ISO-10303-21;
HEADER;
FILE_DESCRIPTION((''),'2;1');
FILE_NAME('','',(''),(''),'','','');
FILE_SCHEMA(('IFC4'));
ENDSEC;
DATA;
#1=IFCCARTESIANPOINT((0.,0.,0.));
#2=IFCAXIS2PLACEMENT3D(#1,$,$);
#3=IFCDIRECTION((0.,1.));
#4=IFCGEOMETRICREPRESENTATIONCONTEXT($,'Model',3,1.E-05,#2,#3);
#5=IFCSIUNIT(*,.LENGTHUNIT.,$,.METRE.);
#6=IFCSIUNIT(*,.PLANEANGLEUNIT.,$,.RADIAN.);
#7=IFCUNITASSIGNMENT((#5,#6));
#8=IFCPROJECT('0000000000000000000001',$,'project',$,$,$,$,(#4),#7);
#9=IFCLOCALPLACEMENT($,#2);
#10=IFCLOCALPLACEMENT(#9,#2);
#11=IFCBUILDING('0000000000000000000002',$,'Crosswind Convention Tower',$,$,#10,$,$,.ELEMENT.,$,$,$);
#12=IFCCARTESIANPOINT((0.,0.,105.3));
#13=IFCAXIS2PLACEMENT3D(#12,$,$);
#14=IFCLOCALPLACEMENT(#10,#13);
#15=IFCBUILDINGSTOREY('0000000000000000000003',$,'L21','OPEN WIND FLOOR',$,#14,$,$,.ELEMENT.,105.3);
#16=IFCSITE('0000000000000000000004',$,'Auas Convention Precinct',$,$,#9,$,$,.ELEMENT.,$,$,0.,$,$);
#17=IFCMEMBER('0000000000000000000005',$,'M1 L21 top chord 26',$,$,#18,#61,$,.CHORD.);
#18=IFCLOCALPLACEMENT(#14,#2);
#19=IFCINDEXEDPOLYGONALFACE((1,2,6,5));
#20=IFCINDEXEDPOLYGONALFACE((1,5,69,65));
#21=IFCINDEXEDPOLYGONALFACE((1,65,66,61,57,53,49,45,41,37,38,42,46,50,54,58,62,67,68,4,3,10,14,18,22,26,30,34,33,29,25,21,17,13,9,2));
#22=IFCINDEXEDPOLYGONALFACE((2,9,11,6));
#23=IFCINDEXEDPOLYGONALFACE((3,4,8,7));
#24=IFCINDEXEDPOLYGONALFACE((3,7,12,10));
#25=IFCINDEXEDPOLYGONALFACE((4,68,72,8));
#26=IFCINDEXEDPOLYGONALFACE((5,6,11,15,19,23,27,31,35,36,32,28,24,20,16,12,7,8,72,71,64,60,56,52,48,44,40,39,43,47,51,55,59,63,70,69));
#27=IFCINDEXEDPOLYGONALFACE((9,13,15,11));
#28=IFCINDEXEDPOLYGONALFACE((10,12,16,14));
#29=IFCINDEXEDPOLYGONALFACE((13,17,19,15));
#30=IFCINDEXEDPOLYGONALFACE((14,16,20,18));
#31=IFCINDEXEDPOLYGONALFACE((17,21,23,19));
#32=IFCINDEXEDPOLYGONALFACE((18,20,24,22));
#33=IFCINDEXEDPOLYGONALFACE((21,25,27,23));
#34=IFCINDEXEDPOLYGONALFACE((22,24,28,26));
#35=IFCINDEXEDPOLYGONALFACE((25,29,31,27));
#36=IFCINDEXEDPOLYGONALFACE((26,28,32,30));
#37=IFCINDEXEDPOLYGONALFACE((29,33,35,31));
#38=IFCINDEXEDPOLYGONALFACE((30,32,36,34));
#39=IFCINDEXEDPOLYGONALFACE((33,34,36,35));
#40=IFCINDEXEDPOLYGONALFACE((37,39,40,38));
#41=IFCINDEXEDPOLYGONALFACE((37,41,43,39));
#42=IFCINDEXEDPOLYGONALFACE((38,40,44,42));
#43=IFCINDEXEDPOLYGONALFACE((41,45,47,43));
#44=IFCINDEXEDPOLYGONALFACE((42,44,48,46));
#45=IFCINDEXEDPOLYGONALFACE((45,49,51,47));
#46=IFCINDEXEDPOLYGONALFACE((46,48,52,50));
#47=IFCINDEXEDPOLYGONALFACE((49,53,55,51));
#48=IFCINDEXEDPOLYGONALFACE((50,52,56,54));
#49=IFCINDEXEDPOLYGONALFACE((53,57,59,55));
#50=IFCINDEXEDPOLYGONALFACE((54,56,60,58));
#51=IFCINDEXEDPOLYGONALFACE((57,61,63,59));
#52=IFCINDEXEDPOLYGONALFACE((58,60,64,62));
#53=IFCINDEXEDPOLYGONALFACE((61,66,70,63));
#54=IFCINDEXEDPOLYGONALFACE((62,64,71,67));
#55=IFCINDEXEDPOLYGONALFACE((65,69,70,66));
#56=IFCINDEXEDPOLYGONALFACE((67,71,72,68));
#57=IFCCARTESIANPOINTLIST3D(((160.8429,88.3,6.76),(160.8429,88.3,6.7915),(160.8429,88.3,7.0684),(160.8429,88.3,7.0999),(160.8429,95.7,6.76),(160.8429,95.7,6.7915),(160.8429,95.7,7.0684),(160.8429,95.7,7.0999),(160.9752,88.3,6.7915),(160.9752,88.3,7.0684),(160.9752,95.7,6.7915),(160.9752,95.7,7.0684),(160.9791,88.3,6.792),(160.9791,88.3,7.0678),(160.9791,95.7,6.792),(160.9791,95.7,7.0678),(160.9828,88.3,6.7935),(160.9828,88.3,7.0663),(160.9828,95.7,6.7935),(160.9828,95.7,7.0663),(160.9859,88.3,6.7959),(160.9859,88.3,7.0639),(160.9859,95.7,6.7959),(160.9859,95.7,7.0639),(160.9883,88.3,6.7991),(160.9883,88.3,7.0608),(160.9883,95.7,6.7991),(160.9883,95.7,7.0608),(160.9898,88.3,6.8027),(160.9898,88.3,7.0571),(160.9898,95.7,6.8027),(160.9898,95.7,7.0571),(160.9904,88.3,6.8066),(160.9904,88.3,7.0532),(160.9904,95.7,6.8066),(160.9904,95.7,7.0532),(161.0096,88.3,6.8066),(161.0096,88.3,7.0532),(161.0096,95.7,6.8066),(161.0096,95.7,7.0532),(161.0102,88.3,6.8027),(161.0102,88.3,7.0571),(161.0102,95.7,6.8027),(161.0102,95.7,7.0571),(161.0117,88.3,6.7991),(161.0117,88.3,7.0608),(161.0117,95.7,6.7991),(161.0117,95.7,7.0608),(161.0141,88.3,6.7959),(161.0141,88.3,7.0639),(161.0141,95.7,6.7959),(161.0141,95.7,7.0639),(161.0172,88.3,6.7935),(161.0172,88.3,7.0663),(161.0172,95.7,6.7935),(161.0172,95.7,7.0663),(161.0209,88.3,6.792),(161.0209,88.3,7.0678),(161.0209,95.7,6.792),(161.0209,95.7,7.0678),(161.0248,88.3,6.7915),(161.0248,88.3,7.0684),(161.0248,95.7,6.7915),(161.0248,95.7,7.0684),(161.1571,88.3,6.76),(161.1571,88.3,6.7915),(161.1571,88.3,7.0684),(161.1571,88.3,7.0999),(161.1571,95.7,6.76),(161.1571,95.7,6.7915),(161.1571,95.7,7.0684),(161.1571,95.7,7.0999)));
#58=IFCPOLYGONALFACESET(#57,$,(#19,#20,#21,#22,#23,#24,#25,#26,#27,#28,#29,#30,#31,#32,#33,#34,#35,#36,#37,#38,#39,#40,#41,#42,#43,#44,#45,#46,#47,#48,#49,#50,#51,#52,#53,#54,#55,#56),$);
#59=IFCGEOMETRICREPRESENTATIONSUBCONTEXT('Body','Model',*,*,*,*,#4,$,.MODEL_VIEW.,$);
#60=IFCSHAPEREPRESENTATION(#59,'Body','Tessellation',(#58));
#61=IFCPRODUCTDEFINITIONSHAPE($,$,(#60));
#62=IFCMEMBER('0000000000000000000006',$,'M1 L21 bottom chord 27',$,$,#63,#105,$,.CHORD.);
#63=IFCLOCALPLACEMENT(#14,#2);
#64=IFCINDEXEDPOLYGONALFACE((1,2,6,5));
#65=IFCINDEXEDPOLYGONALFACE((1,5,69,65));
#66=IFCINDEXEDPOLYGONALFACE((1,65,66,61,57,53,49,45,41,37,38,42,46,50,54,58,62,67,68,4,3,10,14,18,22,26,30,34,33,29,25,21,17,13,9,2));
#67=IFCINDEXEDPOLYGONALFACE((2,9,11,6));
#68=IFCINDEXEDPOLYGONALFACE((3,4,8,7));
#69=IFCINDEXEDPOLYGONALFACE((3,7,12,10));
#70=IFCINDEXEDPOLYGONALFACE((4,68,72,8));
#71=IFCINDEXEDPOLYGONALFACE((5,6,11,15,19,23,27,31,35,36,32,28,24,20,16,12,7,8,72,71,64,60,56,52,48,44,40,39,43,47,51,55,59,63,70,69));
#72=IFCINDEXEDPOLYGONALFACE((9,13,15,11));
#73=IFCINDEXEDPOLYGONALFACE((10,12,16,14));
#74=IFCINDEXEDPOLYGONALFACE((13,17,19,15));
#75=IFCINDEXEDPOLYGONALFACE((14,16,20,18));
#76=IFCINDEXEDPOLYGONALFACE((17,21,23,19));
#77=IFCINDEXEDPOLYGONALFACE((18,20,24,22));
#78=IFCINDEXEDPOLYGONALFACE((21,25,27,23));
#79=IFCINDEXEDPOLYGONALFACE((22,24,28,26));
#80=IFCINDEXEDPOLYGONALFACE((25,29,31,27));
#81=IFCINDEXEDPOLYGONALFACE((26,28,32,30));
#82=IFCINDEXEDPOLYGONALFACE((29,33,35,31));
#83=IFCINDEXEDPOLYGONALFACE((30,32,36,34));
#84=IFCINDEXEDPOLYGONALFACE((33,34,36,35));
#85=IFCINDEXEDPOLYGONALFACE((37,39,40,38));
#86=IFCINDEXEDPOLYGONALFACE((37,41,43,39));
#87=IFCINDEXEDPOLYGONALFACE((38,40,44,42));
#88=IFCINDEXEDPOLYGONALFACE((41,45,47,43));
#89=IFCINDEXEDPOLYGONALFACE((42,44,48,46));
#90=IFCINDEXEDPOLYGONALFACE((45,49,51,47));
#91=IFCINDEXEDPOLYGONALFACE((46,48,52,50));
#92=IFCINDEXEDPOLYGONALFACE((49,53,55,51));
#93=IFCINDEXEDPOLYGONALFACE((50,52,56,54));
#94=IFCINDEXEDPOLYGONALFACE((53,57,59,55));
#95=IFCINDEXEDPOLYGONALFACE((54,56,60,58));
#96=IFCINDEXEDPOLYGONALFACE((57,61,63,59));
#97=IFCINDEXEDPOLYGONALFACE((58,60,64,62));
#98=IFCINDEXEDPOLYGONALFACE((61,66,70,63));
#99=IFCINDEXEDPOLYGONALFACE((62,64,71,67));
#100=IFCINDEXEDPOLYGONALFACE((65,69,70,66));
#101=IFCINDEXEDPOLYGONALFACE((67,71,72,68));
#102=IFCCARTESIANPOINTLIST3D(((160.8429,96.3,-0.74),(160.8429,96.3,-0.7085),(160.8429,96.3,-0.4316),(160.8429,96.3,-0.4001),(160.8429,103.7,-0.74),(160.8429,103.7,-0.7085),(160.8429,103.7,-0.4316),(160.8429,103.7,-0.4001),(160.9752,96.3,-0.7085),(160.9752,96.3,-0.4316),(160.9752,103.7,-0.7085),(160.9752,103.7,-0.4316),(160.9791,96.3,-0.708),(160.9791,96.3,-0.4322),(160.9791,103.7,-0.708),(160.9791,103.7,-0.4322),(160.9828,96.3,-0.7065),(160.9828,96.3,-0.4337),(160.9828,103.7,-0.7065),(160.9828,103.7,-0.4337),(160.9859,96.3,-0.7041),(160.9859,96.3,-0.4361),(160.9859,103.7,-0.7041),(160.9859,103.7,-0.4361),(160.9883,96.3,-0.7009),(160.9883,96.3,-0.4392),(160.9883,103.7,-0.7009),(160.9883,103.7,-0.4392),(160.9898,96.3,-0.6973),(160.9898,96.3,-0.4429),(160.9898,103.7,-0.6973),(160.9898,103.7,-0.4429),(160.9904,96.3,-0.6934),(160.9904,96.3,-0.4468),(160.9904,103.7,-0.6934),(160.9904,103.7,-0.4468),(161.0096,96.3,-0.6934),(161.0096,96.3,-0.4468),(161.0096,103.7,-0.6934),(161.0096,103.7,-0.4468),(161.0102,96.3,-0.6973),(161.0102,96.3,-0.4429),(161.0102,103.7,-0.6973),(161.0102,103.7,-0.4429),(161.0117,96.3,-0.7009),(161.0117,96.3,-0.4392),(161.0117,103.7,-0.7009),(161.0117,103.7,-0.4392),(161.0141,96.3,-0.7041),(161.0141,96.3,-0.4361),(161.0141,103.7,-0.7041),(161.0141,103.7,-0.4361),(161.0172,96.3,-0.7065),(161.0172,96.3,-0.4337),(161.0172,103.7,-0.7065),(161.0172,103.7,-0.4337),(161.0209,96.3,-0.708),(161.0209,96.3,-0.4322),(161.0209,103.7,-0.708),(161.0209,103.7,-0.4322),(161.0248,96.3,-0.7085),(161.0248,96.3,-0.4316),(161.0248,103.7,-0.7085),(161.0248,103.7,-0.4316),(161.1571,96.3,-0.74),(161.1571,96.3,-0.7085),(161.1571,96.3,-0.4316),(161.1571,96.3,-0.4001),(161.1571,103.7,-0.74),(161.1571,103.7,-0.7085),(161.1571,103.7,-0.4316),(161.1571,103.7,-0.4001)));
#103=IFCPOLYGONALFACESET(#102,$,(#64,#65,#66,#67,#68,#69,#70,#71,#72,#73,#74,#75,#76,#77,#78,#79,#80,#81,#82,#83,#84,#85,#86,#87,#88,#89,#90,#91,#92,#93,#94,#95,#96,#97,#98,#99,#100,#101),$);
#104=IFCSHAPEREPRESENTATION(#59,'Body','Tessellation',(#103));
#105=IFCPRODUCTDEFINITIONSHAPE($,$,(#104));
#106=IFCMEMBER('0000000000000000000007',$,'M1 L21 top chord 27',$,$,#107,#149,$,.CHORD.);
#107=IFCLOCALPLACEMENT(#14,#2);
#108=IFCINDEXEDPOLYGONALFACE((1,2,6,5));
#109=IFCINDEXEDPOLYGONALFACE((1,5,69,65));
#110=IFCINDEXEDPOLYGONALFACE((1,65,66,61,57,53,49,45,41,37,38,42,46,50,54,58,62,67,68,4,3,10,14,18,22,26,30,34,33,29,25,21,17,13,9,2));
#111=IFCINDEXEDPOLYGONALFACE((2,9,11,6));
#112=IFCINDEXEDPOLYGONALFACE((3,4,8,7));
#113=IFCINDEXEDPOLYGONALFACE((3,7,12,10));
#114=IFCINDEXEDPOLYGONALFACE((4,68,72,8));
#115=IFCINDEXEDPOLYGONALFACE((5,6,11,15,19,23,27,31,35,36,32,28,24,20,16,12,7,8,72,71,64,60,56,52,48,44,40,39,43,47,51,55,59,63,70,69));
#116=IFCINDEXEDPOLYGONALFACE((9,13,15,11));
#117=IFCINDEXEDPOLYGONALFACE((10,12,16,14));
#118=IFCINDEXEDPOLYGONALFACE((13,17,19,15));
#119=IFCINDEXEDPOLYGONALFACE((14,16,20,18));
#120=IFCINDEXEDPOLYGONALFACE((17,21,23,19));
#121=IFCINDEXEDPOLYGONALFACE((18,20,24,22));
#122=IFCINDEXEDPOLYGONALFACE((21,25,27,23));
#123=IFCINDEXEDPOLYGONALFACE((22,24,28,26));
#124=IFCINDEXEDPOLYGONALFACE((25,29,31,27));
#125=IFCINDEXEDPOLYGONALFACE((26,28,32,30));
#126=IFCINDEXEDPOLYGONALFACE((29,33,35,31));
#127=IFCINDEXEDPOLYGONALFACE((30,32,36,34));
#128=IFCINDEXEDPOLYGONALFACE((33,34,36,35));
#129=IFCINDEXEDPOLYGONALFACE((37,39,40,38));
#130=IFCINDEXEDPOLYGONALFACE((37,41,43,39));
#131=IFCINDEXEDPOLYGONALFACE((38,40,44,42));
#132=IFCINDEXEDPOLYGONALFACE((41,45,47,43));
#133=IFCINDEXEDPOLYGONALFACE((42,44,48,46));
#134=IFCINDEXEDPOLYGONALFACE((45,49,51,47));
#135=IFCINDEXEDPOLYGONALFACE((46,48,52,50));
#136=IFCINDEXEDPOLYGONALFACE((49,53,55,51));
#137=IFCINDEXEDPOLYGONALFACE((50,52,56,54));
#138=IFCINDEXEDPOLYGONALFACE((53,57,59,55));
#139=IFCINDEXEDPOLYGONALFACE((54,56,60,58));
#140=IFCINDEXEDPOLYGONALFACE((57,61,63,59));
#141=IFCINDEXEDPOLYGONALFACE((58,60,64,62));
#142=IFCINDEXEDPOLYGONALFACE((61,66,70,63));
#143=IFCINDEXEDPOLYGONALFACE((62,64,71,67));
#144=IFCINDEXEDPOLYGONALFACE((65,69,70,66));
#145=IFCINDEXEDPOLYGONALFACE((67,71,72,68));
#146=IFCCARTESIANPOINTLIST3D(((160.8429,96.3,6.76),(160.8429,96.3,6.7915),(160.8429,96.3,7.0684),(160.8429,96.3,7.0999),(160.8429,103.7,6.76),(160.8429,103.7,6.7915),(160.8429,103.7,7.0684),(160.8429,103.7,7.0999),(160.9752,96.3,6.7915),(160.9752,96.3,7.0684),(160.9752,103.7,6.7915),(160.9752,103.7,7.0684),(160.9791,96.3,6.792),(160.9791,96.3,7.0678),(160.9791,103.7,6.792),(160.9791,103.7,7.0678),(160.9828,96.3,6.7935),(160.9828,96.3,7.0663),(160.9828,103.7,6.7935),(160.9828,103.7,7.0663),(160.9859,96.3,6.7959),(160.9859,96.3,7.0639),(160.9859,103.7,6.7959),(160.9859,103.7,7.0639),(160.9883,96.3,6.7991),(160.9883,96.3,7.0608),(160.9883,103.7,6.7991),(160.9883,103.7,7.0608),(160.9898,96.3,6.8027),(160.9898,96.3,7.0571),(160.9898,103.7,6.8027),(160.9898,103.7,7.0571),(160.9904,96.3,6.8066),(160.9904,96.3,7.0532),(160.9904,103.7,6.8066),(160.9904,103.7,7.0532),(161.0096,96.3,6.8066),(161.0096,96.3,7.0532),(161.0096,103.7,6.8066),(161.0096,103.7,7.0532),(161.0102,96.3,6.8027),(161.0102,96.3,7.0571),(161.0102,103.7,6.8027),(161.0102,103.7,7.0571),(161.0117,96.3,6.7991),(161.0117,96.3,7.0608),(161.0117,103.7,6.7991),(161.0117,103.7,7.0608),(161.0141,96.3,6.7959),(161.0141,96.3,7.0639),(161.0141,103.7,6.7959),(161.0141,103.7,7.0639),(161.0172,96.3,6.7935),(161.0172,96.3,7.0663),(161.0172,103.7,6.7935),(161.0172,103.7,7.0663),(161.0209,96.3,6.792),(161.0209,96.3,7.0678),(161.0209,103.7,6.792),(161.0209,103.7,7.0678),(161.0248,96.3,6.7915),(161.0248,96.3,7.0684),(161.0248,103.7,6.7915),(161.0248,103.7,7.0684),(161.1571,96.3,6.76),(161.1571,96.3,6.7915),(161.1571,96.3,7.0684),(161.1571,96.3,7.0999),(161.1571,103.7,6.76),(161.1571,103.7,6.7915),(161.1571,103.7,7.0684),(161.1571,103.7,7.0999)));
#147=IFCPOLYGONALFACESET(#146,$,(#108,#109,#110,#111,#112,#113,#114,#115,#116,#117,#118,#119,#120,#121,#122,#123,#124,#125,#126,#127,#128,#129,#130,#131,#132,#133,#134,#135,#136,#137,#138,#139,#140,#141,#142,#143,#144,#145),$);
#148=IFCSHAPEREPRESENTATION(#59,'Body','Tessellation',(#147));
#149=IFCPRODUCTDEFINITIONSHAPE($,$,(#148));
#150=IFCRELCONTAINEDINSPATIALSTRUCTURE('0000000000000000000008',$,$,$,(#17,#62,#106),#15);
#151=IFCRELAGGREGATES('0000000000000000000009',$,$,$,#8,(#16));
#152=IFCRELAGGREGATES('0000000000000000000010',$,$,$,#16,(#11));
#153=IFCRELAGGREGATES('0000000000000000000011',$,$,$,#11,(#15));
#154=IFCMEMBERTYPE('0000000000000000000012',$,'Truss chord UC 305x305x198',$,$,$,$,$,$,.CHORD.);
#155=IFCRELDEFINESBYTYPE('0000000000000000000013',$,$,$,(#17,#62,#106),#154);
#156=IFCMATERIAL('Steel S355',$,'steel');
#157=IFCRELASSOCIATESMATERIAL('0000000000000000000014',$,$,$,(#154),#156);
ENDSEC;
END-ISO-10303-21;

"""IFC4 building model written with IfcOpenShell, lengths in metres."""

from ifc_helpers import new_model, si_unit, direction, frame, origin, origin_2d, place, context, subcontext, project, spatial, i_section, extrude, material, material_profile, profile_set, type_object, element, save


model = new_model("IFC4")

# Units and contexts
model_context = context("Model", 3, precision=1e-05, world=origin(), true_north=direction((0.0, 1.0)))
body_context = subcontext(model_context, "Body", "Model", "MODEL_VIEW")
ifc_project = project(units=[si_unit("LENGTHUNIT", "METRE"), si_unit("PLANEANGLEUNIT", "RADIAN")], contexts=[model_context])

# Site, building, storey
site_placement = place(None, origin())
site = spatial("IfcSite", under=ifc_project, at=site_placement, Name="Auas Convention Precinct", CompositionType="ELEMENT", RefElevation=0.0)
building_placement = place(site_placement, origin())
building = spatial("IfcBuilding", under=site, at=building_placement, Name="Crosswind Convention Tower", CompositionType="ELEMENT")
storey_placement = place(building_placement, frame((0.0, 0.0, 105.3)))
storey = spatial("IfcBuildingStorey", under=building, at=storey_placement, Name="L21", Description="OPEN WIND FLOOR", CompositionType="ELEMENT", Elevation=105.3)

# Shared definitions
ifc_material_1 = material(Name="Steel S355", Category="steel")

# Members
ifc_material_profile_1 = material_profile(ifc_material_1, i_section(OverallWidth=0.3142, OverallDepth=0.3398, WebThickness=0.0193, FlangeThickness=0.0315, FilletRadius=0.0151, at=origin_2d()), Name="UC 305x305x198")
ifc_profile_set_1 = profile_set([ifc_material_profile_1], Name="Steel S355")
member_type_1 = type_object("IfcMemberType", Name="Truss chord UC 305x305x198", PredefinedType="CHORD", material=ifc_profile_set_1)
for number, where, z_axis, x_axis, name in (
    (1, (161.0, 88.3, 6.9299), (0.0, 1.0, 0.0), (-1.0, 0.0, 0.0), "M1 L21 top chord 26"),
    (2, (161.0, 96.3, -0.5701), (0.0, 1.0, 0.0), (-1.0, 0.0, 0.0), "M1 L21 bottom chord 27"),
    (3, (161.0, 96.3, 6.9299), (0.0, 1.0, 0.0), (-1.0, 0.0, 0.0), "M1 L21 top chord 27"),
):
    element("IfcMember", number, at=place(storey_placement, frame(where, z_axis=z_axis, x_axis=x_axis)), inside=storey, type_object=member_type_1, Name=name, PredefinedType="CHORD", context=body_context, shape_type="SweptSolid", body=[
        extrude(i_section(OverallWidth=0.3142, OverallDepth=0.3398, WebThickness=0.0193, FlangeThickness=0.0315, FilletRadius=0.0151, at=origin_2d()), origin(), (0.0, 0.0, 1.0), 7.3999),
    ])

save(model, "model.ifc")
